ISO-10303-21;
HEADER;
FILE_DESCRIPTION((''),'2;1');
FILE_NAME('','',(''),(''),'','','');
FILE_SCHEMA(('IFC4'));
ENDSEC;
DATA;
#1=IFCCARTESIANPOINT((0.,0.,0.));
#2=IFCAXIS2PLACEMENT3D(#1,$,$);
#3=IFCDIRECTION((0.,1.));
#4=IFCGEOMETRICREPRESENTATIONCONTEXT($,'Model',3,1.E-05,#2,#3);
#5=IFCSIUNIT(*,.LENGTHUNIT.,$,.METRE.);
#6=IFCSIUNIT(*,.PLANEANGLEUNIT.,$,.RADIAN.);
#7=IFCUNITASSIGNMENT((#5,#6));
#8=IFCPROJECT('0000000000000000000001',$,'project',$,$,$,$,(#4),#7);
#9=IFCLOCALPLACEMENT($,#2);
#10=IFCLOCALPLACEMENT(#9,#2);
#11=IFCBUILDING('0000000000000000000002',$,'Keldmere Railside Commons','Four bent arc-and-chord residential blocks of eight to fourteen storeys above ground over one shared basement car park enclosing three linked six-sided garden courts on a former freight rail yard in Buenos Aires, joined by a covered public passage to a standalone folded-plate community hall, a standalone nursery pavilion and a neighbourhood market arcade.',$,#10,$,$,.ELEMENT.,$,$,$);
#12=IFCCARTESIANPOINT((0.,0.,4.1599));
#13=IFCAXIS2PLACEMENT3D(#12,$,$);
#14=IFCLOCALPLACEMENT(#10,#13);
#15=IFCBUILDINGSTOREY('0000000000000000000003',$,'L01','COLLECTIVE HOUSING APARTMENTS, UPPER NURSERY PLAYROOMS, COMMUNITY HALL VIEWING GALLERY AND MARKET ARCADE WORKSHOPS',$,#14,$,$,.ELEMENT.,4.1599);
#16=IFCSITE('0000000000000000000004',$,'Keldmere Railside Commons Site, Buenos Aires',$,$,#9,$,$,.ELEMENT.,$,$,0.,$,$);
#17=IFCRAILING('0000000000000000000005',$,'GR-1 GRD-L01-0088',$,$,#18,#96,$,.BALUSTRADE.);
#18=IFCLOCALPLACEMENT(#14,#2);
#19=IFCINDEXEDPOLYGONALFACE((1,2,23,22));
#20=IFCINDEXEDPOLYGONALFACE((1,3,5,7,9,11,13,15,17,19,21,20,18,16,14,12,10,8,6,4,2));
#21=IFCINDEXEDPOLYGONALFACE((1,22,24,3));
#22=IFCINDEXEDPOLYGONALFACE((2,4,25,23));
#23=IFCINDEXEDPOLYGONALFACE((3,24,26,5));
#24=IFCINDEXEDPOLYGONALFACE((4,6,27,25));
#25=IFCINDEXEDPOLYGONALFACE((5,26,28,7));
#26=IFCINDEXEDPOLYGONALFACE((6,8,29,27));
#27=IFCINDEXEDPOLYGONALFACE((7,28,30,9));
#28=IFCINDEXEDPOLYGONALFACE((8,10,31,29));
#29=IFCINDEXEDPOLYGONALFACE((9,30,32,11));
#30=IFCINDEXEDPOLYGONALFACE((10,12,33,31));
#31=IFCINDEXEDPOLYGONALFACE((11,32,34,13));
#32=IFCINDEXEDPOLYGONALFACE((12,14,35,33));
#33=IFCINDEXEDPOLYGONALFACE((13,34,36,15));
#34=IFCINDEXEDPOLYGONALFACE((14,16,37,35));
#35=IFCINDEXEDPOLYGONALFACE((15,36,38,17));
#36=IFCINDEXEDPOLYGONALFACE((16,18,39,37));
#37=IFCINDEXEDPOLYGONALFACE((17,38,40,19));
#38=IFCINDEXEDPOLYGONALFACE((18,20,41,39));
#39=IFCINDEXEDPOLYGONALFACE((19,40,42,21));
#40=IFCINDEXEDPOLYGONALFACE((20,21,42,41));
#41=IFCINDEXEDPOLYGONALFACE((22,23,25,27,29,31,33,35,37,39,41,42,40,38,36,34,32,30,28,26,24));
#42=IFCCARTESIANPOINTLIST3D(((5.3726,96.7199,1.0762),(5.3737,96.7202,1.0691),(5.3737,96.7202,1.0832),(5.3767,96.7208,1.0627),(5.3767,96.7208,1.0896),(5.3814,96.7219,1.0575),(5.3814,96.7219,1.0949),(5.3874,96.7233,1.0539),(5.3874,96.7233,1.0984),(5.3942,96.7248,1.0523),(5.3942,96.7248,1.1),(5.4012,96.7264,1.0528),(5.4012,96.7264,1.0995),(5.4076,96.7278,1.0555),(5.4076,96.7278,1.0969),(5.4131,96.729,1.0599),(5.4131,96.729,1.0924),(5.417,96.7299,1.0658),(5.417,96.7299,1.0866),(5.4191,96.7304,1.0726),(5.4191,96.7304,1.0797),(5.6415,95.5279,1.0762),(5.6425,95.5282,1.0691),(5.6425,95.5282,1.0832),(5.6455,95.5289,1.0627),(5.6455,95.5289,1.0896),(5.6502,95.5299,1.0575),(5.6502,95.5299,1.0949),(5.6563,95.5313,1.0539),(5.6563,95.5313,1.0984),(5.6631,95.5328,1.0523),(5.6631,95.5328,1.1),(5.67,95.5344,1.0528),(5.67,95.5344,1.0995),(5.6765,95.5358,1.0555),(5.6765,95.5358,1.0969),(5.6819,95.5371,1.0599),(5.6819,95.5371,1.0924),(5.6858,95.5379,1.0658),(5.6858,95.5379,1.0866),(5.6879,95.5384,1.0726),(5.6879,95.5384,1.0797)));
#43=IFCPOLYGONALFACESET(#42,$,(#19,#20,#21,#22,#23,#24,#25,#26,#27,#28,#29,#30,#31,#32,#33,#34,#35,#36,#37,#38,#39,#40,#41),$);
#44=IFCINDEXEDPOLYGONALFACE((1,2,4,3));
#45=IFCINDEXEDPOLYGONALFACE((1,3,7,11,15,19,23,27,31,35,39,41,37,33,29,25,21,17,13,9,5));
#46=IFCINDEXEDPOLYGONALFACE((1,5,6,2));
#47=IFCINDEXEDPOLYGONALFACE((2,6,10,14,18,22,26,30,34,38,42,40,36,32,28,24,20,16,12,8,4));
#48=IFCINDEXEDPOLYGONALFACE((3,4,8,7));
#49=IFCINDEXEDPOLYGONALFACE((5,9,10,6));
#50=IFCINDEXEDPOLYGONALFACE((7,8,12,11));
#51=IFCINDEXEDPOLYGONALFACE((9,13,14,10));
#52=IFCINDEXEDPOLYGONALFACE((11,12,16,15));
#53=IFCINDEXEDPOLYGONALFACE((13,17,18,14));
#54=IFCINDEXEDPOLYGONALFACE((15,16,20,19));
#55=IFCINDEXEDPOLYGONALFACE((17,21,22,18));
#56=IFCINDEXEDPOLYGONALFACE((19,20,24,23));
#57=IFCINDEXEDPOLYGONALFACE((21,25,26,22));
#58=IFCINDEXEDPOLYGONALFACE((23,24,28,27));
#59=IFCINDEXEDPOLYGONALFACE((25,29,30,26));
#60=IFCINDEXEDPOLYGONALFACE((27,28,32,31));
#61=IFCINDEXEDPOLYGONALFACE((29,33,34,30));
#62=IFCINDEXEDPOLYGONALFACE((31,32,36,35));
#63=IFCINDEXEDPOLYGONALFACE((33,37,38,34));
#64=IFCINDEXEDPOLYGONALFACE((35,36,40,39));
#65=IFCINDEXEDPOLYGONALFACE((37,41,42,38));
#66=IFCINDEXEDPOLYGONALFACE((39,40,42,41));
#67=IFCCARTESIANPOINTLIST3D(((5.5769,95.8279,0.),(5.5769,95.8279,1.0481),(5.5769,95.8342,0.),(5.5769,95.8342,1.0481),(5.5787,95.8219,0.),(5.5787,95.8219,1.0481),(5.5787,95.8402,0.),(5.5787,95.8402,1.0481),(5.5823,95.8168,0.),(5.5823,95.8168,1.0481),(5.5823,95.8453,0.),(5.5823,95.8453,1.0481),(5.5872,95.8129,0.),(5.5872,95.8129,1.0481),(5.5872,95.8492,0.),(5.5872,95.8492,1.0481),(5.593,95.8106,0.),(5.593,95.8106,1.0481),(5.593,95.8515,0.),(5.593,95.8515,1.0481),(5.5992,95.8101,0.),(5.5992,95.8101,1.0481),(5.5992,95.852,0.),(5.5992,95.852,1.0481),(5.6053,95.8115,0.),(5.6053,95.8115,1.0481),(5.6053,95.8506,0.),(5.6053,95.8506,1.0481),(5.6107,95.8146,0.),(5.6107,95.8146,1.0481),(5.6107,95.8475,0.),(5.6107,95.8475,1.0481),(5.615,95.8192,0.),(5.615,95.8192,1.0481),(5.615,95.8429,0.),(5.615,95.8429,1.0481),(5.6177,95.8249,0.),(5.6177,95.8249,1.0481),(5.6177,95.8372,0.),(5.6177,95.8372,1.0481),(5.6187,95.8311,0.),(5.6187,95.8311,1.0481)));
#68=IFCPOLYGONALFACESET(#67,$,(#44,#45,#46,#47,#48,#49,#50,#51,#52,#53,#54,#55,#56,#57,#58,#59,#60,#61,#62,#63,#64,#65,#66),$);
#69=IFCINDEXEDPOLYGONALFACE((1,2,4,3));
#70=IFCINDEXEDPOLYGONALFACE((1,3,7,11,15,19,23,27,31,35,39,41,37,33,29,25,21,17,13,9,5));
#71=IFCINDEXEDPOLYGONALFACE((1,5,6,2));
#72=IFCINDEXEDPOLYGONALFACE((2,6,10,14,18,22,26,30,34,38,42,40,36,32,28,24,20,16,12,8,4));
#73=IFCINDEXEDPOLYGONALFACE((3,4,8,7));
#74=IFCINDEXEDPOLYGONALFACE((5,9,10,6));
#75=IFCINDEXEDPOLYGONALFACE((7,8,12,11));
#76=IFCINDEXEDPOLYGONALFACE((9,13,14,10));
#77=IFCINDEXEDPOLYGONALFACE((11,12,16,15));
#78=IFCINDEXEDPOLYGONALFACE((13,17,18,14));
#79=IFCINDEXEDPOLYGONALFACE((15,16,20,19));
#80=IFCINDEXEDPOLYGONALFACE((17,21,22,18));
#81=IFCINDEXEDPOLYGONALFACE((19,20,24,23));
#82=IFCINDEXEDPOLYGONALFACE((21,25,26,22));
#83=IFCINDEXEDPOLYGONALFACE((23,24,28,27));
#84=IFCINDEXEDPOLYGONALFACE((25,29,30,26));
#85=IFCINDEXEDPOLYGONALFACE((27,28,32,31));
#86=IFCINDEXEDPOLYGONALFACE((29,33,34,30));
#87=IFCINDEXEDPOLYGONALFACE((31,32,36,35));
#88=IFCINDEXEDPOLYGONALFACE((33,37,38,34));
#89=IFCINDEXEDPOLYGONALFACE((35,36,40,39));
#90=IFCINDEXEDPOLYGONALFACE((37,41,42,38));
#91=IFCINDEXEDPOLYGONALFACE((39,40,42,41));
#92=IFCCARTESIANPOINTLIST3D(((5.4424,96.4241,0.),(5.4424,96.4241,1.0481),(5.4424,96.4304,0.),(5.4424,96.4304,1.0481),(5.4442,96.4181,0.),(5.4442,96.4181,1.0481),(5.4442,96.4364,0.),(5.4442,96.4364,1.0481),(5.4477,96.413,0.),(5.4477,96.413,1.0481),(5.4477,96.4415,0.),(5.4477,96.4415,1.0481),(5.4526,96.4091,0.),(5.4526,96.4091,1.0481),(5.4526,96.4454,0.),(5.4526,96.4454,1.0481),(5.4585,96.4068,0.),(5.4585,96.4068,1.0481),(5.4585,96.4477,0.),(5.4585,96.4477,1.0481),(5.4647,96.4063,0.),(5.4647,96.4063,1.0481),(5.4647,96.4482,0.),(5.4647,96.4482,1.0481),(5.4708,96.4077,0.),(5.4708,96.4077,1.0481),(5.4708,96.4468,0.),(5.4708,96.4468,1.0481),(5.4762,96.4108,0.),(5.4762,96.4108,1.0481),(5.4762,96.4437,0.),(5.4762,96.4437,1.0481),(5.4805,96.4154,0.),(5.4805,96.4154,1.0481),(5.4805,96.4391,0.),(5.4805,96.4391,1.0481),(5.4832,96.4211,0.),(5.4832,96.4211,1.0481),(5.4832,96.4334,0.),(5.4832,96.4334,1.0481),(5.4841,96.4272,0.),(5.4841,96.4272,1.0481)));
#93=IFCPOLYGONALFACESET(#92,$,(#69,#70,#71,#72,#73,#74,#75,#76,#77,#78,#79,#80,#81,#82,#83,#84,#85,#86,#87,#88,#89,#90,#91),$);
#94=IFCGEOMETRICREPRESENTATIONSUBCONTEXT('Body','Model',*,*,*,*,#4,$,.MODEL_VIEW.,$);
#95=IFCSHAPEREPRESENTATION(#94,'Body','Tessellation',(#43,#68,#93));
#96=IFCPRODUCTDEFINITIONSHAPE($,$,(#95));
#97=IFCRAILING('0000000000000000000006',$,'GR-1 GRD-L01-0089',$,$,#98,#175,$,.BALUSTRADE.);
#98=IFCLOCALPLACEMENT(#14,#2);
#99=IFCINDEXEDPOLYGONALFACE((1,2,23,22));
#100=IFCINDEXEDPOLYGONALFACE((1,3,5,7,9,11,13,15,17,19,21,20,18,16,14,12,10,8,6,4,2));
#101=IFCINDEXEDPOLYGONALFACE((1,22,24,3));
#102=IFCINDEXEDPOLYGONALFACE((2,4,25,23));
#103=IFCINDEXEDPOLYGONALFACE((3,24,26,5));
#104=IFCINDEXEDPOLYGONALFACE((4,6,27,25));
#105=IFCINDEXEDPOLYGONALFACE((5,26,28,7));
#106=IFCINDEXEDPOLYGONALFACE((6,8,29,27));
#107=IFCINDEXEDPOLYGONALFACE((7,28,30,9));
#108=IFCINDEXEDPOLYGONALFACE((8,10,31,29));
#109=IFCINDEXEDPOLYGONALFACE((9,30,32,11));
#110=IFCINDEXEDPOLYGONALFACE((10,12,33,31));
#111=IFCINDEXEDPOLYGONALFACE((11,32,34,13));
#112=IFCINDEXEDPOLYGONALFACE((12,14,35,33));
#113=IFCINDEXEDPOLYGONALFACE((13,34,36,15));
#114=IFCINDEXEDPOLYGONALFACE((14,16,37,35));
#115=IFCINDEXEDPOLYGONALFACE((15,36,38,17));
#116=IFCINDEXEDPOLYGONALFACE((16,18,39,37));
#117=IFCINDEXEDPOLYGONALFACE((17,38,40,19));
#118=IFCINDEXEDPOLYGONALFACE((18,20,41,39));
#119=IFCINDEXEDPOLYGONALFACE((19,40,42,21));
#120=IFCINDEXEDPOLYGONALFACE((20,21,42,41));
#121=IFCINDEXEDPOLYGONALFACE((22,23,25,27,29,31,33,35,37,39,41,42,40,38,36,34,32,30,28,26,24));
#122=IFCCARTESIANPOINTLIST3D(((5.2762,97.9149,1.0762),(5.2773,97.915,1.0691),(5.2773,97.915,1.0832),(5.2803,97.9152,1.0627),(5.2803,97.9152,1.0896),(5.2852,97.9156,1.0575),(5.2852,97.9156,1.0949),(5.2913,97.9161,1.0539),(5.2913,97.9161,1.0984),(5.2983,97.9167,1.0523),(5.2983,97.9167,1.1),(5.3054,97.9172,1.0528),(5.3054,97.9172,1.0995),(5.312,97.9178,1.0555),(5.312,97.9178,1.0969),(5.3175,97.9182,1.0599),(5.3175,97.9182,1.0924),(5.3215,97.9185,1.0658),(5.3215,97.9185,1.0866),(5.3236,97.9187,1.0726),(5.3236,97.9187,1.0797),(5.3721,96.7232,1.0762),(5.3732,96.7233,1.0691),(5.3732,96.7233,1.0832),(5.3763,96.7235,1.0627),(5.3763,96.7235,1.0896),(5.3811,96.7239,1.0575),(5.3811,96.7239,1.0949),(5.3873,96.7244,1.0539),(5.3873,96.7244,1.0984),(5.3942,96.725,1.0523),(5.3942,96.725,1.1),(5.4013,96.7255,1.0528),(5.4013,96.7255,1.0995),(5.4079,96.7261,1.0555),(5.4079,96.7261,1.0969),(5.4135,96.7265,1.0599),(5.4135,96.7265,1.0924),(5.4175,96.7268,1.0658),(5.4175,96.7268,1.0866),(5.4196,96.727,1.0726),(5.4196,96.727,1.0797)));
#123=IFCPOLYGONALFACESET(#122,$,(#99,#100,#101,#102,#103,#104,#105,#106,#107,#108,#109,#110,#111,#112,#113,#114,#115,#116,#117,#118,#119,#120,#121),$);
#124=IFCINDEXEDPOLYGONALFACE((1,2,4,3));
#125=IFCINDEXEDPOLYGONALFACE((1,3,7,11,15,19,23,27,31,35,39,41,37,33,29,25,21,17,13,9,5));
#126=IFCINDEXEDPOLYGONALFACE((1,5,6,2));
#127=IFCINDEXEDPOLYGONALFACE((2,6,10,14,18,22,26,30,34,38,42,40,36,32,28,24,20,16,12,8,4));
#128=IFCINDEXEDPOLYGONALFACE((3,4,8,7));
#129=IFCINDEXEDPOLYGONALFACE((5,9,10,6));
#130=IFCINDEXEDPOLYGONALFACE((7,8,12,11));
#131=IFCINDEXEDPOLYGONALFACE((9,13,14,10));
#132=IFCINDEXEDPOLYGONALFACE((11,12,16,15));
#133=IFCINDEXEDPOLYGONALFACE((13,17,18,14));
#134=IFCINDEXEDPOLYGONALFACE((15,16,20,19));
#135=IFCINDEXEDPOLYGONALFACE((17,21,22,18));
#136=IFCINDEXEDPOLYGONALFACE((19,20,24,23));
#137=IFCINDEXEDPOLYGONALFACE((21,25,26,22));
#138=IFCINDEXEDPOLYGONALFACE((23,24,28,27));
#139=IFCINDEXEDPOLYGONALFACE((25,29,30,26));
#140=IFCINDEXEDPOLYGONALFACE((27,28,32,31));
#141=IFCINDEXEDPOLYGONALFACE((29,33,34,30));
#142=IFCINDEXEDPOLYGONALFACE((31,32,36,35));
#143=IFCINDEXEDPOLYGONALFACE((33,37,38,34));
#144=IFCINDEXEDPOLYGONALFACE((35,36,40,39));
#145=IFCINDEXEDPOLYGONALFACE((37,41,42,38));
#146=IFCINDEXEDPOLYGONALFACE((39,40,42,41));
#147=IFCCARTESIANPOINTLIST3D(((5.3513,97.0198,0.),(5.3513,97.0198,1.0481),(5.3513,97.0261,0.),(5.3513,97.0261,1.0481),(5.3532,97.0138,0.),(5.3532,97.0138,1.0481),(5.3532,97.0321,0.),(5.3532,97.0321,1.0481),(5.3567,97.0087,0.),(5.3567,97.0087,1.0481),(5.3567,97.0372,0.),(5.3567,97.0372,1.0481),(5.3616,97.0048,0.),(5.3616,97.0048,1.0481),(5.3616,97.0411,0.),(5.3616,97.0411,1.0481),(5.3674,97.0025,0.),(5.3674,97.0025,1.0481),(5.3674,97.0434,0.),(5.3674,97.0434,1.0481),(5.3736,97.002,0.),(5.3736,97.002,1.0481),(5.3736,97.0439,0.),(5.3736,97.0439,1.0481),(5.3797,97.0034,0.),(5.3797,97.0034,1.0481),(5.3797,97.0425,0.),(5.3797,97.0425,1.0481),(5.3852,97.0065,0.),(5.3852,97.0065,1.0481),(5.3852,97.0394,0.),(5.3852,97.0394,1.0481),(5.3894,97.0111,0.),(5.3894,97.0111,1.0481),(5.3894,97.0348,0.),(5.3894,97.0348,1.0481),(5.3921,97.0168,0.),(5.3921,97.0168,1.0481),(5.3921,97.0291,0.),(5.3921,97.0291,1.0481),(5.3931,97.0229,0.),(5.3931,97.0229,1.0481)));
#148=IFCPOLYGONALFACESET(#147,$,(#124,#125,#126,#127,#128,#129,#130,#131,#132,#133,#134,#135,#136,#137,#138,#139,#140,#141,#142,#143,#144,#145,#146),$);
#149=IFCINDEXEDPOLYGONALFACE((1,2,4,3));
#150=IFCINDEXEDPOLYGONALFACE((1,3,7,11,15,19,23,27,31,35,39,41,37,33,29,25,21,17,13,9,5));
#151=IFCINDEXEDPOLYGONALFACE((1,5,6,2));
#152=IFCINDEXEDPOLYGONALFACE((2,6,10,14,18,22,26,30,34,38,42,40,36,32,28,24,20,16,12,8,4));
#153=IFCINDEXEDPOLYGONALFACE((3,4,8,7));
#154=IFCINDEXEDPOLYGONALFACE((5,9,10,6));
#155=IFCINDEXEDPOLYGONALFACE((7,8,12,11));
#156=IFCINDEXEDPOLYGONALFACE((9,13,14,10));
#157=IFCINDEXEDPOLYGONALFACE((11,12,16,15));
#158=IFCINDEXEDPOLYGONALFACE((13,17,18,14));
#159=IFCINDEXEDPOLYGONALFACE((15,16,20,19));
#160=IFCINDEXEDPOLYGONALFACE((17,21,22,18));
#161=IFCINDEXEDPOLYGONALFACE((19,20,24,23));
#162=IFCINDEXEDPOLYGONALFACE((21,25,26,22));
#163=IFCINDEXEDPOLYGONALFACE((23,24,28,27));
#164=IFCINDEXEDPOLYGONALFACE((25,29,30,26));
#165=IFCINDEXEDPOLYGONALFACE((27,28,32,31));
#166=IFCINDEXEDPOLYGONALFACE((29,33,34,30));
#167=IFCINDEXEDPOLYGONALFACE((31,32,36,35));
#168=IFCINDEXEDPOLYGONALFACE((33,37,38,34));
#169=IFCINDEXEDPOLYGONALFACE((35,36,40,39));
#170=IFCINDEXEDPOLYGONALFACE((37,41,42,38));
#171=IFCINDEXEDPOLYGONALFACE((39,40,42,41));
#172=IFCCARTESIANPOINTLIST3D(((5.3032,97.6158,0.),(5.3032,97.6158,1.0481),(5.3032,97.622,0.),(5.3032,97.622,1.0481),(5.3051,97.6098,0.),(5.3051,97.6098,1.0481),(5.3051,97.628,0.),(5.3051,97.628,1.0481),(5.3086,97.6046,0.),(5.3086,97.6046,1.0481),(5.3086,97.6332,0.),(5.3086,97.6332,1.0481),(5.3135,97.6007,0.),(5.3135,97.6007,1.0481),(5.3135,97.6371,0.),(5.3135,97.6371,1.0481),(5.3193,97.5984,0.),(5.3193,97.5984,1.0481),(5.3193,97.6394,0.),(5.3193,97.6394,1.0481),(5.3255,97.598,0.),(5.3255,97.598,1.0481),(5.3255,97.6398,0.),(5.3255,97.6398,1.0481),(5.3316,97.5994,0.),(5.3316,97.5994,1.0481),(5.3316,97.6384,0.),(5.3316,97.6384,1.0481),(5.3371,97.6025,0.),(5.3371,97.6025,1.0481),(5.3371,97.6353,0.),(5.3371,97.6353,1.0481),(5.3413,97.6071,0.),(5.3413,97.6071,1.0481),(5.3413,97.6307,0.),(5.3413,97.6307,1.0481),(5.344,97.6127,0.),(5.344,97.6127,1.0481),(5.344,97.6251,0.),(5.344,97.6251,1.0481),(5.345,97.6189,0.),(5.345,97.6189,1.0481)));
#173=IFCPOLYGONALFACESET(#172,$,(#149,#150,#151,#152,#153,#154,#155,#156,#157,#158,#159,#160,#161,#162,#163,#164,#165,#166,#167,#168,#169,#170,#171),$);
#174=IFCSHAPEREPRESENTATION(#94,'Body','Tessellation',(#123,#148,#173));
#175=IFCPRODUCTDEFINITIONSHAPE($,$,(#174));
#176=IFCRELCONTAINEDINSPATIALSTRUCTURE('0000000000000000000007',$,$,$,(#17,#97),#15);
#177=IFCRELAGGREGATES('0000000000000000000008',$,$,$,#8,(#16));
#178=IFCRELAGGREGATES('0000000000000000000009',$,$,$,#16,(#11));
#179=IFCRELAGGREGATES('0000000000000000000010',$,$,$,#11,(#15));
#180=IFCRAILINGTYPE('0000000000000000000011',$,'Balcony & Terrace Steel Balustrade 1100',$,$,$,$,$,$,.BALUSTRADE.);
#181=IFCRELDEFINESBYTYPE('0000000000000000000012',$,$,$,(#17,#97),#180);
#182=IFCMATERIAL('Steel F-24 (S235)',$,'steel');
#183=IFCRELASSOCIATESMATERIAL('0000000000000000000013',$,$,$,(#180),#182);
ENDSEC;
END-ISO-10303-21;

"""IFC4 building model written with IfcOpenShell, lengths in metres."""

from ifc_helpers import new_model, si_unit, direction, frame, origin, origin_2d, place, context, subcontext, project, spatial, circle, extrude, material, type_object, element, save


model = new_model("IFC4")

# Units and contexts
model_context = context("Model", 3, precision=1e-05, world=origin(), true_north=direction((0.0, 1.0)))
body_context = subcontext(model_context, "Body", "Model", "MODEL_VIEW")
ifc_project = project(units=[si_unit("LENGTHUNIT", "METRE"), si_unit("PLANEANGLEUNIT", "RADIAN")], contexts=[model_context])

# Site, building, storey
site_placement = place(None, origin())
site = spatial("IfcSite", under=ifc_project, at=site_placement, Name="Keldmere Railside Commons Site, Buenos Aires", CompositionType="ELEMENT", RefElevation=0.0)
building_placement = place(site_placement, origin())
building = spatial("IfcBuilding", under=site, at=building_placement, Name="Keldmere Railside Commons", Description="Four bent arc-and-chord residential blocks of eight to fourteen storeys above ground over one shared basement car park enclosing three linked six-sided garden courts on a former freight rail yard in Buenos Aires, joined by a covered public passage to a standalone folded-plate community hall, a standalone nursery pavilion and a neighbourhood market arcade.", CompositionType="ELEMENT")
storey_placement = place(building_placement, frame((0.0, 0.0, 4.1599)))
storey = spatial("IfcBuildingStorey", under=building, at=storey_placement, Name="L01", Description="COLLECTIVE HOUSING APARTMENTS, UPPER NURSERY PLAYROOMS, COMMUNITY HALL VIEWING GALLERY AND MARKET ARCADE WORKSHOPS", CompositionType="ELEMENT", Elevation=4.1599)

# Railings
ifc_material_1 = material(Name="Steel F-24 (S235)", Category="steel")
railing_type = type_object("IfcRailingType", Name="Balcony & Terrace Steel Balustrade 1100", PredefinedType="BALUSTRADE", material=ifc_material_1)
railing_1_placement = place(storey_placement, frame((5.6648, 95.5332, 0.0)))
element("IfcRailing", 1, at=railing_1_placement, inside=storey, type_object=railing_type, Name="GR-1 GRD-L01-0088", PredefinedType="BALUSTRADE", context=body_context, shape_type="SweptSolid", body=[
    extrude(circle(Radius=0.0239, at=origin_2d()), frame((0.0, 0.0, 1.0762), z_axis=(-0.219997, 0.975501, 0.0), x_axis=(-0.975501, -0.219997, 0.0)), (0.0, 0.0, 1.0), 1.2219),
    extrude(circle(Radius=0.021, at=origin_2d()), frame((-0.0671, 0.2979, 0.0)), (0.0, 0.0, 1.0), 1.0481),
    extrude(circle(Radius=0.021, at=origin_2d()), frame((-0.2017, 0.894, 0.0)), (0.0, 0.0, 1.0), 1.0481),
])
railing_2_placement = place(storey_placement, frame((5.396, 96.7251, 0.0)))
element("IfcRailing", 2, at=railing_2_placement, inside=storey, type_object=railing_type, Name="GR-1 GRD-L01-0089", PredefinedType="BALUSTRADE", context=body_context, shape_type="SweptSolid", body=[
    extrude(circle(Radius=0.0239, at=origin_2d()), frame((0.0, 0.0, 1.0762), z_axis=(-0.080257, 0.996774, 0.0), x_axis=(-0.996774, -0.080257, 0.0)), (0.0, 0.0, 1.0), 1.1956),
    extrude(circle(Radius=0.021, at=origin_2d()), frame((-0.0239, 0.2979, 0.0)), (0.0, 0.0, 1.0), 1.0481),
    extrude(circle(Radius=0.021, at=origin_2d()), frame((-0.072, 0.8938, 0.0)), (0.0, 0.0, 1.0), 1.0481),
])

save(model, "model.ifc")
